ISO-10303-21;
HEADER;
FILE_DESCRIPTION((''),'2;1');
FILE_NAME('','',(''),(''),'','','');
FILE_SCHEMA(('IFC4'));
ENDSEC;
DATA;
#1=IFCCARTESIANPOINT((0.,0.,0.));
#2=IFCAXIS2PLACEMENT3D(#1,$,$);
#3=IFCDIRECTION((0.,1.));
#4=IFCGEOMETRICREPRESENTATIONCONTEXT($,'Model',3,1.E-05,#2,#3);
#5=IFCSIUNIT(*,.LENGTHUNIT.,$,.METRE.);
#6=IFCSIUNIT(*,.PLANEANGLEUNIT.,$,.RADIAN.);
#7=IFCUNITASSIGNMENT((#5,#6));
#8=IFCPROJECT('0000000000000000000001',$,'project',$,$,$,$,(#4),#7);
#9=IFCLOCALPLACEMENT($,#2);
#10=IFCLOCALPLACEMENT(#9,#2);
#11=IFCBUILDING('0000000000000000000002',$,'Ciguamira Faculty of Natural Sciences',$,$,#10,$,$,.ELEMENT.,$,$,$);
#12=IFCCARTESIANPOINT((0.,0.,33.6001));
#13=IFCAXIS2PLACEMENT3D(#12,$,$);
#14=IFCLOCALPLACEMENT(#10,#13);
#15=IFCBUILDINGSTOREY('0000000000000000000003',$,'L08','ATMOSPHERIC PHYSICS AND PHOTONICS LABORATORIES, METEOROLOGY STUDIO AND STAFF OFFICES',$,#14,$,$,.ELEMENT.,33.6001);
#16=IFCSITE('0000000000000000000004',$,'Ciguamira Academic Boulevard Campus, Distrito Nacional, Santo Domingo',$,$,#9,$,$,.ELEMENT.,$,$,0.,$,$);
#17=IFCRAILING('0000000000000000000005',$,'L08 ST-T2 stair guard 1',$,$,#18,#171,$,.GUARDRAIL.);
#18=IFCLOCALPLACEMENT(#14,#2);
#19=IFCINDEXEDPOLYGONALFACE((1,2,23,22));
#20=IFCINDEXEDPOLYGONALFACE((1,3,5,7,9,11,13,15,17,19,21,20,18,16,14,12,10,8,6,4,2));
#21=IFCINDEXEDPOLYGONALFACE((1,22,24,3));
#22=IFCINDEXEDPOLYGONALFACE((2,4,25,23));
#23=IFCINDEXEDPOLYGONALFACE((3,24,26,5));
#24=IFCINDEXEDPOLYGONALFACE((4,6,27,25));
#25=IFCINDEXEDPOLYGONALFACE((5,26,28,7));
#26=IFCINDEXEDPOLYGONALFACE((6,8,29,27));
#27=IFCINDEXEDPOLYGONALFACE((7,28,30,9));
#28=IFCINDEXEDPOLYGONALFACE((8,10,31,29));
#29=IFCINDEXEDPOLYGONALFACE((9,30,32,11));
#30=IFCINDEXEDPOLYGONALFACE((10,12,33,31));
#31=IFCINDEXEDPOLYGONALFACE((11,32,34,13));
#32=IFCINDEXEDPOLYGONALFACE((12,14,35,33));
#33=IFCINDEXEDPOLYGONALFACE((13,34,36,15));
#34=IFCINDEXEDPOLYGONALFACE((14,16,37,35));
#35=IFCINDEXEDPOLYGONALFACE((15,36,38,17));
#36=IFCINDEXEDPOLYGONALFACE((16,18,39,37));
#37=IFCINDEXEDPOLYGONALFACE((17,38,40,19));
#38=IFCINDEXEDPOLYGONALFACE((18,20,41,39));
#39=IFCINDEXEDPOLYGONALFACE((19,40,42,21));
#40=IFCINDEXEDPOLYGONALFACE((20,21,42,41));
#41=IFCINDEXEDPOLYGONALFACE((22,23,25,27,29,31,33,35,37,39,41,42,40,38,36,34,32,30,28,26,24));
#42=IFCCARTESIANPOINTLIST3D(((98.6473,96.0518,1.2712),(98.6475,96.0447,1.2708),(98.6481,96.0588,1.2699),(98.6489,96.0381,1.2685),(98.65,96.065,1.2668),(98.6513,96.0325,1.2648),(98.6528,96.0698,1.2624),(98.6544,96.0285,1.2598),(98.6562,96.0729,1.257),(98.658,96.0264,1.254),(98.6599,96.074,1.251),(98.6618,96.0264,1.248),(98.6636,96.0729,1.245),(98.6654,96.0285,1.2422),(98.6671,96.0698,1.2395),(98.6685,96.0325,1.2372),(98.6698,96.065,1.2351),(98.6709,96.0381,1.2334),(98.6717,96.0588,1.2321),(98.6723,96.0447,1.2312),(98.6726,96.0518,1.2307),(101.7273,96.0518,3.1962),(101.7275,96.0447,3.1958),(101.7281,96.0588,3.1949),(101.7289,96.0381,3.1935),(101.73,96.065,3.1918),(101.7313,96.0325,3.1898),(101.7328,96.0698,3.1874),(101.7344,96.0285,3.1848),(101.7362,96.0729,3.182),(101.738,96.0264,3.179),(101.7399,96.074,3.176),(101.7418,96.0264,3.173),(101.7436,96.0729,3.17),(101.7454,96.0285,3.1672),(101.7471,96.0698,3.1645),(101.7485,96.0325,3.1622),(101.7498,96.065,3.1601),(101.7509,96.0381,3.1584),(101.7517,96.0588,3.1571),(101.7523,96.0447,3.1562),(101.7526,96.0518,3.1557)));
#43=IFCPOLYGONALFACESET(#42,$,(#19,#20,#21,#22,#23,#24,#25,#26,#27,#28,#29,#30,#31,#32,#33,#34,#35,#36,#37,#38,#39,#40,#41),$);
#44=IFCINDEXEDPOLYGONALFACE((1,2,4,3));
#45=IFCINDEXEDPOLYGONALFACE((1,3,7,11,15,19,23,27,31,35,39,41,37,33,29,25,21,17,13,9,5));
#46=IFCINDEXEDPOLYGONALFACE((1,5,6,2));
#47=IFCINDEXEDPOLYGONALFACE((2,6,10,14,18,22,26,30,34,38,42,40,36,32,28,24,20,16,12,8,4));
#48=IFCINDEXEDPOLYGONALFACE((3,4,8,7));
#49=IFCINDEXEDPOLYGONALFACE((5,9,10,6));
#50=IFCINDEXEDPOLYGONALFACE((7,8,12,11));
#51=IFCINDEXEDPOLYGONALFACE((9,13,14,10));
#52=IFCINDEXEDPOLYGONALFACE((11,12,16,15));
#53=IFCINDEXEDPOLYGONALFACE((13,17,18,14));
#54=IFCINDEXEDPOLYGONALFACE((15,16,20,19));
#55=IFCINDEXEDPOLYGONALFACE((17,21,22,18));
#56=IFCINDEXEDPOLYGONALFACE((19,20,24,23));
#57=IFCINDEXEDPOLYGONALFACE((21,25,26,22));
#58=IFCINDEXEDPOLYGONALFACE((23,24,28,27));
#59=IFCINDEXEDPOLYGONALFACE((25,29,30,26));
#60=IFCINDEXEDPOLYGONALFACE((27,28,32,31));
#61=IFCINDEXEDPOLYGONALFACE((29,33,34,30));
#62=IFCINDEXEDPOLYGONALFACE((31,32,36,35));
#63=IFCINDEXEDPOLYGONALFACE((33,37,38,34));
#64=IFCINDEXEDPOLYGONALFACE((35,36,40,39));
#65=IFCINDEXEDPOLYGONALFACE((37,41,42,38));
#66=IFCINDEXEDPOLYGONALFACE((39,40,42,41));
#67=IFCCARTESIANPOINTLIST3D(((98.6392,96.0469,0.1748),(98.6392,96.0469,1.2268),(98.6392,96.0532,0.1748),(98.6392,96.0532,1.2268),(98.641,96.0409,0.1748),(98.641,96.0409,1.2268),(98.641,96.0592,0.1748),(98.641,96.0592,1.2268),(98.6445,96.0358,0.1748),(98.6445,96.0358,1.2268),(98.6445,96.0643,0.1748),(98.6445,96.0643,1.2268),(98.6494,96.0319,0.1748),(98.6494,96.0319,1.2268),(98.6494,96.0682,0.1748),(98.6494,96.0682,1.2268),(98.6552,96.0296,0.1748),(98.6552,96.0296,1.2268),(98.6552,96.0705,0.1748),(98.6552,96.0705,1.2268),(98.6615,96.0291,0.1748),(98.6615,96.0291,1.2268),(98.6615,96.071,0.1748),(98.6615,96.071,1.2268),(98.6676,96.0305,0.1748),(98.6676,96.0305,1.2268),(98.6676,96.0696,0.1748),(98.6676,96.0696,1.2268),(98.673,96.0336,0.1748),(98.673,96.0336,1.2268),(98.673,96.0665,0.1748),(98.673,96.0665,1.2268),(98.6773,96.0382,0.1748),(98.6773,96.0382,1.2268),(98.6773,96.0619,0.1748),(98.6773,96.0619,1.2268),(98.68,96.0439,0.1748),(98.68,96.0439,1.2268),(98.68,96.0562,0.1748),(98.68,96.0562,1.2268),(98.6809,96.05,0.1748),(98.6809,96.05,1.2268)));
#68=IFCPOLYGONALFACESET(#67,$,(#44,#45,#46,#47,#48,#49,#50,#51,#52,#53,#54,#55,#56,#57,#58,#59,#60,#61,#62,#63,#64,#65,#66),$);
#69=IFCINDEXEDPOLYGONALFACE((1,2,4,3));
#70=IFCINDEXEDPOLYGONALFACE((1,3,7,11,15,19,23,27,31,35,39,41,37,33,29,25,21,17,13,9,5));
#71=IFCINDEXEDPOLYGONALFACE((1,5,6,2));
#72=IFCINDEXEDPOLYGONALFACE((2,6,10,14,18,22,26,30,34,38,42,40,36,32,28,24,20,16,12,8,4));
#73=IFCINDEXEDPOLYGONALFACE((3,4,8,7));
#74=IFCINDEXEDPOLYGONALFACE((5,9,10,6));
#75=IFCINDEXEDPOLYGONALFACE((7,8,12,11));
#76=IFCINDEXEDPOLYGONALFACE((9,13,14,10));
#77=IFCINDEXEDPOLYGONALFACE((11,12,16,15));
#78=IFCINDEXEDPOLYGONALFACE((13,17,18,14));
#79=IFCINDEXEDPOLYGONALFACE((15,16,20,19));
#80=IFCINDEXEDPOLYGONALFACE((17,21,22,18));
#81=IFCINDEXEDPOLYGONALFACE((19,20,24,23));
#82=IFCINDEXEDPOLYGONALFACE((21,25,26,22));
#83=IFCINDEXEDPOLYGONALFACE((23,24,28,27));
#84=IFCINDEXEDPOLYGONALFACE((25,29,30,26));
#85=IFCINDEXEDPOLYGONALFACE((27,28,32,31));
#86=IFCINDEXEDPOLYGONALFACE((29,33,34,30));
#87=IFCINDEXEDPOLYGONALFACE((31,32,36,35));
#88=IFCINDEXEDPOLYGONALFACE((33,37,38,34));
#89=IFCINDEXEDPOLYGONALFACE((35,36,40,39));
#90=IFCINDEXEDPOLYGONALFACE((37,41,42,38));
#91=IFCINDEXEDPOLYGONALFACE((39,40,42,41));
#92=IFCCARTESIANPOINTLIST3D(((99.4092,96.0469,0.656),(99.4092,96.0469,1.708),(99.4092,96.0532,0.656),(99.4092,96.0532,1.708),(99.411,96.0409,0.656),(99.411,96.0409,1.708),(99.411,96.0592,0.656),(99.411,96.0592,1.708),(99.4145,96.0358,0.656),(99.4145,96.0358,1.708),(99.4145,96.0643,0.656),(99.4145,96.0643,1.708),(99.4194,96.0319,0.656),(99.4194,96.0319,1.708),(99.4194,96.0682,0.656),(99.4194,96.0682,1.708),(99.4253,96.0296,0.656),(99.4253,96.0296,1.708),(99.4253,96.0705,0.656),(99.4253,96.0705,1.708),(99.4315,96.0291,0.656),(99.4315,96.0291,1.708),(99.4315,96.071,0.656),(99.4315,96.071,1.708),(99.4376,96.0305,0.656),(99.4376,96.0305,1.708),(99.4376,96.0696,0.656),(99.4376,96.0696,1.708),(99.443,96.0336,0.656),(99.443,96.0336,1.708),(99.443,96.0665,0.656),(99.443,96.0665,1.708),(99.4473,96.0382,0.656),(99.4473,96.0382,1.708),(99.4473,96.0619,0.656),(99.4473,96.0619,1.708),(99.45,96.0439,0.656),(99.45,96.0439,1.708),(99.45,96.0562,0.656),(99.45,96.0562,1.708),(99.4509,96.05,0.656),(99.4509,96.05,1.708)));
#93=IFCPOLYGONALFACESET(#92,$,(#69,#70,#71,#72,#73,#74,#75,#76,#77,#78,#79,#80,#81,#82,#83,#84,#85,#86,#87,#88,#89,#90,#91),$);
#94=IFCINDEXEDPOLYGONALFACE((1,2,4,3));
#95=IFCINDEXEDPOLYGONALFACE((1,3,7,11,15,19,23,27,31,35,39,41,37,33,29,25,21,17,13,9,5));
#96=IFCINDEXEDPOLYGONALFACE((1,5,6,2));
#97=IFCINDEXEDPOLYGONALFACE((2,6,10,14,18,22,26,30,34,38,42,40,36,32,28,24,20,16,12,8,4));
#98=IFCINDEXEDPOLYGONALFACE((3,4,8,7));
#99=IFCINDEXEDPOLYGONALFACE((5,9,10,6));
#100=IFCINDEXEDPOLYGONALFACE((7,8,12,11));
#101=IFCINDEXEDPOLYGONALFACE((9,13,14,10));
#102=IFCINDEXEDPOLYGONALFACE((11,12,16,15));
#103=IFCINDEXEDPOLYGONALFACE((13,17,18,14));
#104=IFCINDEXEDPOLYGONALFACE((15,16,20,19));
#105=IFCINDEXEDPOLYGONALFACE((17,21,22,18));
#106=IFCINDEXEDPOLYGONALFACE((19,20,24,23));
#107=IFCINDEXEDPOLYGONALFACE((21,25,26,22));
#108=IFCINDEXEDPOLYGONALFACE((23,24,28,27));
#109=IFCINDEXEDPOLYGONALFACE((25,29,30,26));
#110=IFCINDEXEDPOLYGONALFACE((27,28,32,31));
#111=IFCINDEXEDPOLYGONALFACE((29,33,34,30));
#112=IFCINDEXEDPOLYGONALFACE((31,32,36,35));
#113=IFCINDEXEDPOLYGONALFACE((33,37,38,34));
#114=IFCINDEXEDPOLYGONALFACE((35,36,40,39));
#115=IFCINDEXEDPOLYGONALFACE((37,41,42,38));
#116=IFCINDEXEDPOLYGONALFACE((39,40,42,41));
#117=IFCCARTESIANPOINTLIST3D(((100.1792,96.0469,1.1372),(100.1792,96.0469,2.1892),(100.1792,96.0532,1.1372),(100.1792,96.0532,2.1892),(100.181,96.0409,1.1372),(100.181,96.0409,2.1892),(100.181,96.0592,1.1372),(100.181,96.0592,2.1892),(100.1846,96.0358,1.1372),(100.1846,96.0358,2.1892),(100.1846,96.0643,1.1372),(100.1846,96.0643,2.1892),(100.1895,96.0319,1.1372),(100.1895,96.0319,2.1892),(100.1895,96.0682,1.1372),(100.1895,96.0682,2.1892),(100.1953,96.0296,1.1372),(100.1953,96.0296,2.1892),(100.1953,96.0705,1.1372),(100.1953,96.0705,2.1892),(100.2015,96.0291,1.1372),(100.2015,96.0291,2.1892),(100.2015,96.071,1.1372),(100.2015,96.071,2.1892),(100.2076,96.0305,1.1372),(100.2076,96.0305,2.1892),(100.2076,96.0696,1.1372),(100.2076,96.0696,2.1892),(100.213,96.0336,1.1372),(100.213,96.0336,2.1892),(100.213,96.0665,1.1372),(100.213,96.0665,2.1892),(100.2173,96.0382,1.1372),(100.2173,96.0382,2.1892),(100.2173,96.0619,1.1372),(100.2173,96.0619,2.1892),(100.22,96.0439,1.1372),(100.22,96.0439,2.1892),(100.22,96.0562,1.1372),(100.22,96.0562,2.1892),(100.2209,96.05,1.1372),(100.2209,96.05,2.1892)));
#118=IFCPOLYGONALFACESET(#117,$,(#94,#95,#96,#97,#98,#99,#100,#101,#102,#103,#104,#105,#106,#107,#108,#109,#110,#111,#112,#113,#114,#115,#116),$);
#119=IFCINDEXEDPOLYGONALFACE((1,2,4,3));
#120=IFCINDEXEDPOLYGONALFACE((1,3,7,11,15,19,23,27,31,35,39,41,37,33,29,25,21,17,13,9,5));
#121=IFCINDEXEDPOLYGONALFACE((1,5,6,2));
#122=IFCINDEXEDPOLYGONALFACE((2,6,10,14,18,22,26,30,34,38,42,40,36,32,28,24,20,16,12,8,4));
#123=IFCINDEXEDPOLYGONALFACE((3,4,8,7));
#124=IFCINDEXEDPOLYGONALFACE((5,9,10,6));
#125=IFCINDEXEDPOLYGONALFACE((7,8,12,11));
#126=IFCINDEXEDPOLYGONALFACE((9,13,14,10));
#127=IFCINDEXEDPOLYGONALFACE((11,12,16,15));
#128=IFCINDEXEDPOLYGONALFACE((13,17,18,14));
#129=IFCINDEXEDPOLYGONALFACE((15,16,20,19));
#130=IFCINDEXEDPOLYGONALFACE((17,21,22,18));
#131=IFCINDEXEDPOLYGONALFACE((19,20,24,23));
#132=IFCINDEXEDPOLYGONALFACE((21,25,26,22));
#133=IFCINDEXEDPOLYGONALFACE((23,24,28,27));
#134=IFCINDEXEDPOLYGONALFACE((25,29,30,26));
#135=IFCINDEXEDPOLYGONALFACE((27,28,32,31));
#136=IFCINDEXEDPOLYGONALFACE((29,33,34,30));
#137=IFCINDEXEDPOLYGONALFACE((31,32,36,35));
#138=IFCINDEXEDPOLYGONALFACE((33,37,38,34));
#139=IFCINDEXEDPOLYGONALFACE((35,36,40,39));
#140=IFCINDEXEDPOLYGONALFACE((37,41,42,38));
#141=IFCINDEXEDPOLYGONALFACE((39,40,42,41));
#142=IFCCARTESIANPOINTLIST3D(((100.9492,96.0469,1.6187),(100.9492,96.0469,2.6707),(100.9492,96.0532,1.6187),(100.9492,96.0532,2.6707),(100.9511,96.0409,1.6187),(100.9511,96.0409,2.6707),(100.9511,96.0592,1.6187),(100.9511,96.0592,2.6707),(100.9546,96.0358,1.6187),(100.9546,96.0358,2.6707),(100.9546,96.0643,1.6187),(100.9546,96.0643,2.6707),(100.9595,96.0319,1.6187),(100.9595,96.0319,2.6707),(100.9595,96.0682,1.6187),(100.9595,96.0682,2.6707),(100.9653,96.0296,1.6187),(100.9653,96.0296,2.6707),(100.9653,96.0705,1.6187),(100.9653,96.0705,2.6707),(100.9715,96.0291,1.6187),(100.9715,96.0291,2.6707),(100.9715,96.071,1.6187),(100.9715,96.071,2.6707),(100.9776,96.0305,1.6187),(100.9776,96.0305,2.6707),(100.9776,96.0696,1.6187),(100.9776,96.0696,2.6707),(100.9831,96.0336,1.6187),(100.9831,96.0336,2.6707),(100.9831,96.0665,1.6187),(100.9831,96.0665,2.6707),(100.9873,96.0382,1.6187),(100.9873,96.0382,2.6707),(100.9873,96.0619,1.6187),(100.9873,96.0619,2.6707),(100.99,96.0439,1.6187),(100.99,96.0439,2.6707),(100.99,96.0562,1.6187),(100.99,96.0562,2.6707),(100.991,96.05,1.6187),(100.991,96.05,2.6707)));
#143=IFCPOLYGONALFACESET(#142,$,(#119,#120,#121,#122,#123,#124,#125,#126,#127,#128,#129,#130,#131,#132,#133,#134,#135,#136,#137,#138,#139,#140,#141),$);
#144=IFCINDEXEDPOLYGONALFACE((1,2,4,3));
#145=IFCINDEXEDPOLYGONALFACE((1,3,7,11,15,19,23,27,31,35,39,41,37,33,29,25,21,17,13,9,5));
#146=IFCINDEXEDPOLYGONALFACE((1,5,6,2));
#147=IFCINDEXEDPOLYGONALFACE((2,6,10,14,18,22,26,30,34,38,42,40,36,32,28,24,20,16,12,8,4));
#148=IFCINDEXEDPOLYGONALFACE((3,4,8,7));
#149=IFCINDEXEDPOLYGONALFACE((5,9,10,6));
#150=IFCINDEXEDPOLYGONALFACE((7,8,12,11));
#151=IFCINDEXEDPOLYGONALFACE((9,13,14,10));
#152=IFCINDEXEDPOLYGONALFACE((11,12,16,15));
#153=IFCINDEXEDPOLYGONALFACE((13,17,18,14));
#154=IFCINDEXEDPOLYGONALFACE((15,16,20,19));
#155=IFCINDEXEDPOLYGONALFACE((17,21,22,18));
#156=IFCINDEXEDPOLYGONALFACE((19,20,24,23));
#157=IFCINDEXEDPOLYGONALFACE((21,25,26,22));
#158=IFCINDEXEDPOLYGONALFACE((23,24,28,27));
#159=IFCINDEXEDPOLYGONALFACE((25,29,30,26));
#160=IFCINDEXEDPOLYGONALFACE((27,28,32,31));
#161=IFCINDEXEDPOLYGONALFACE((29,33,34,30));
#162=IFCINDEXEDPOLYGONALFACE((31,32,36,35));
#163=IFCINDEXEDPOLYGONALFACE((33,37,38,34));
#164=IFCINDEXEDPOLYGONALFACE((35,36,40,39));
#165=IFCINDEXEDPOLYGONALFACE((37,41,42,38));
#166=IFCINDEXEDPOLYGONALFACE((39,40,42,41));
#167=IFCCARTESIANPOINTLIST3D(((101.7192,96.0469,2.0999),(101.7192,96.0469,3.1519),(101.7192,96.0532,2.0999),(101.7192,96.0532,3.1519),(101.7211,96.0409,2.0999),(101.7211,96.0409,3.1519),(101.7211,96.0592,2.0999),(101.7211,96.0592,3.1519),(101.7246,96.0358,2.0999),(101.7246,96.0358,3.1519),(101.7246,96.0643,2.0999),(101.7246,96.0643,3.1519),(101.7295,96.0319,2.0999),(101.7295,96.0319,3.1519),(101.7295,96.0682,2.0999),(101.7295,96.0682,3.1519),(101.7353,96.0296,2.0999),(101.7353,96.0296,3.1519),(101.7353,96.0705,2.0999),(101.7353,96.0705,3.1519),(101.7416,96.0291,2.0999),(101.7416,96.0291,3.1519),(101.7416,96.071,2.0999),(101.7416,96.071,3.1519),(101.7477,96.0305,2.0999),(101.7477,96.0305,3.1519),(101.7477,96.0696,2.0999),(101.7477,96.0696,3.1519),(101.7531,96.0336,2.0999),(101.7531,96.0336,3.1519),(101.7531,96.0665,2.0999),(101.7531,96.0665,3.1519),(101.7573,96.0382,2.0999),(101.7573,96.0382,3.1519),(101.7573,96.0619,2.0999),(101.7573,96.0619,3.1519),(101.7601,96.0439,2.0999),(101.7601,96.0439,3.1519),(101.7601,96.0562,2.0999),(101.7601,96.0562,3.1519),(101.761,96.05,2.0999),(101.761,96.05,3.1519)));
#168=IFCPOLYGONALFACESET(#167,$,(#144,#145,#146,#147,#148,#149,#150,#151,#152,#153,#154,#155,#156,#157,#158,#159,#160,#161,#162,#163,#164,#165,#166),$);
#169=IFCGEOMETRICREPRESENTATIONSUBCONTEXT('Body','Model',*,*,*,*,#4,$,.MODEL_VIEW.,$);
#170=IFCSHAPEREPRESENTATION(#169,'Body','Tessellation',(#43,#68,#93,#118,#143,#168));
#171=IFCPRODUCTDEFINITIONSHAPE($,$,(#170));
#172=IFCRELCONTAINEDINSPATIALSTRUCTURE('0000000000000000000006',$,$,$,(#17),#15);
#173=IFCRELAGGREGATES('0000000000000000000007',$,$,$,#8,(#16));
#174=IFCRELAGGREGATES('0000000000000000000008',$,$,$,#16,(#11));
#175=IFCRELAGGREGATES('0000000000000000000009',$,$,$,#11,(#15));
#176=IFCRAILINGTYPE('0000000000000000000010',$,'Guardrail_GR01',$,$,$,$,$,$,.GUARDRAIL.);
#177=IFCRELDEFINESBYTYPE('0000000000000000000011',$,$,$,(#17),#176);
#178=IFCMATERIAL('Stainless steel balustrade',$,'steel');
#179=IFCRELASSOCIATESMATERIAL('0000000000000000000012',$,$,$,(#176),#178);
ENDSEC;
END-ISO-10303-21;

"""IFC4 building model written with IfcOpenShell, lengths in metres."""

from ifc_helpers import new_model, si_unit, direction, frame, origin, origin_2d, place, context, subcontext, project, spatial, circle, extrude, material, type_object, element, save


model = new_model("IFC4")

# Units and contexts
model_context = context("Model", 3, precision=1e-05, world=origin(), true_north=direction((0.0, 1.0)))
body_context = subcontext(model_context, "Body", "Model", "MODEL_VIEW")
ifc_project = project(units=[si_unit("LENGTHUNIT", "METRE"), si_unit("PLANEANGLEUNIT", "RADIAN")], contexts=[model_context])

# Site, building, storey
site_placement = place(None, origin())
site = spatial("IfcSite", under=ifc_project, at=site_placement, Name="Ciguamira Academic Boulevard Campus, Distrito Nacional, Santo Domingo", CompositionType="ELEMENT", RefElevation=0.0)
building_placement = place(site_placement, origin())
building = spatial("IfcBuilding", under=site, at=building_placement, Name="Ciguamira Faculty of Natural Sciences", CompositionType="ELEMENT")
storey_placement = place(building_placement, frame((0.0, 0.0, 33.6001)))
storey = spatial("IfcBuildingStorey", under=building, at=storey_placement, Name="L08", Description="ATMOSPHERIC PHYSICS AND PHOTONICS LABORATORIES, METEOROLOGY STUDIO AND STAFF OFFICES", CompositionType="ELEMENT", Elevation=33.6001)

# Railing
ifc_material_1 = material(Name="Stainless steel balustrade", Category="steel")
railing_type_1 = type_object("IfcRailingType", Name="Guardrail_GR01", PredefinedType="GUARDRAIL", material=ifc_material_1)
railing_1_placement = place(storey_placement, frame((98.6599, 96.05, 0.1748)))
element("IfcRailing", 1, at=railing_1_placement, inside=storey, type_object=railing_type_1, Name="L08 ST-T2 stair guard 1", PredefinedType="GUARDRAIL", context=body_context, shape_type="SweptSolid", body=[
    extrude(circle(Radius=0.0239, at=origin_2d()), frame((0.0, 0.0, 1.0762), z_axis=(0.847998, 0.0, 0.529999), x_axis=(0.0, 1.0, 0.0)), (0.0, 0.0, 1.0), 3.6321),
    extrude(circle(Radius=0.021, at=origin_2d()), origin(), (0.0, 0.0, 1.0), 1.052),
    extrude(circle(Radius=0.021, at=origin_2d()), frame((0.77, 0.0, 0.4812)), (0.0, 0.0, 1.0), 1.052),
    extrude(circle(Radius=0.021, at=origin_2d()), frame((1.54, 0.0, 0.9624)), (0.0, 0.0, 1.0), 1.052),
    extrude(circle(Radius=0.021, at=origin_2d()), frame((2.3101, 0.0, 1.4438)), (0.0, 0.0, 1.0), 1.052),
    extrude(circle(Radius=0.021, at=origin_2d()), frame((3.0801, 0.0, 1.925)), (0.0, 0.0, 1.0), 1.052),
])

save(model, "model.ifc")
